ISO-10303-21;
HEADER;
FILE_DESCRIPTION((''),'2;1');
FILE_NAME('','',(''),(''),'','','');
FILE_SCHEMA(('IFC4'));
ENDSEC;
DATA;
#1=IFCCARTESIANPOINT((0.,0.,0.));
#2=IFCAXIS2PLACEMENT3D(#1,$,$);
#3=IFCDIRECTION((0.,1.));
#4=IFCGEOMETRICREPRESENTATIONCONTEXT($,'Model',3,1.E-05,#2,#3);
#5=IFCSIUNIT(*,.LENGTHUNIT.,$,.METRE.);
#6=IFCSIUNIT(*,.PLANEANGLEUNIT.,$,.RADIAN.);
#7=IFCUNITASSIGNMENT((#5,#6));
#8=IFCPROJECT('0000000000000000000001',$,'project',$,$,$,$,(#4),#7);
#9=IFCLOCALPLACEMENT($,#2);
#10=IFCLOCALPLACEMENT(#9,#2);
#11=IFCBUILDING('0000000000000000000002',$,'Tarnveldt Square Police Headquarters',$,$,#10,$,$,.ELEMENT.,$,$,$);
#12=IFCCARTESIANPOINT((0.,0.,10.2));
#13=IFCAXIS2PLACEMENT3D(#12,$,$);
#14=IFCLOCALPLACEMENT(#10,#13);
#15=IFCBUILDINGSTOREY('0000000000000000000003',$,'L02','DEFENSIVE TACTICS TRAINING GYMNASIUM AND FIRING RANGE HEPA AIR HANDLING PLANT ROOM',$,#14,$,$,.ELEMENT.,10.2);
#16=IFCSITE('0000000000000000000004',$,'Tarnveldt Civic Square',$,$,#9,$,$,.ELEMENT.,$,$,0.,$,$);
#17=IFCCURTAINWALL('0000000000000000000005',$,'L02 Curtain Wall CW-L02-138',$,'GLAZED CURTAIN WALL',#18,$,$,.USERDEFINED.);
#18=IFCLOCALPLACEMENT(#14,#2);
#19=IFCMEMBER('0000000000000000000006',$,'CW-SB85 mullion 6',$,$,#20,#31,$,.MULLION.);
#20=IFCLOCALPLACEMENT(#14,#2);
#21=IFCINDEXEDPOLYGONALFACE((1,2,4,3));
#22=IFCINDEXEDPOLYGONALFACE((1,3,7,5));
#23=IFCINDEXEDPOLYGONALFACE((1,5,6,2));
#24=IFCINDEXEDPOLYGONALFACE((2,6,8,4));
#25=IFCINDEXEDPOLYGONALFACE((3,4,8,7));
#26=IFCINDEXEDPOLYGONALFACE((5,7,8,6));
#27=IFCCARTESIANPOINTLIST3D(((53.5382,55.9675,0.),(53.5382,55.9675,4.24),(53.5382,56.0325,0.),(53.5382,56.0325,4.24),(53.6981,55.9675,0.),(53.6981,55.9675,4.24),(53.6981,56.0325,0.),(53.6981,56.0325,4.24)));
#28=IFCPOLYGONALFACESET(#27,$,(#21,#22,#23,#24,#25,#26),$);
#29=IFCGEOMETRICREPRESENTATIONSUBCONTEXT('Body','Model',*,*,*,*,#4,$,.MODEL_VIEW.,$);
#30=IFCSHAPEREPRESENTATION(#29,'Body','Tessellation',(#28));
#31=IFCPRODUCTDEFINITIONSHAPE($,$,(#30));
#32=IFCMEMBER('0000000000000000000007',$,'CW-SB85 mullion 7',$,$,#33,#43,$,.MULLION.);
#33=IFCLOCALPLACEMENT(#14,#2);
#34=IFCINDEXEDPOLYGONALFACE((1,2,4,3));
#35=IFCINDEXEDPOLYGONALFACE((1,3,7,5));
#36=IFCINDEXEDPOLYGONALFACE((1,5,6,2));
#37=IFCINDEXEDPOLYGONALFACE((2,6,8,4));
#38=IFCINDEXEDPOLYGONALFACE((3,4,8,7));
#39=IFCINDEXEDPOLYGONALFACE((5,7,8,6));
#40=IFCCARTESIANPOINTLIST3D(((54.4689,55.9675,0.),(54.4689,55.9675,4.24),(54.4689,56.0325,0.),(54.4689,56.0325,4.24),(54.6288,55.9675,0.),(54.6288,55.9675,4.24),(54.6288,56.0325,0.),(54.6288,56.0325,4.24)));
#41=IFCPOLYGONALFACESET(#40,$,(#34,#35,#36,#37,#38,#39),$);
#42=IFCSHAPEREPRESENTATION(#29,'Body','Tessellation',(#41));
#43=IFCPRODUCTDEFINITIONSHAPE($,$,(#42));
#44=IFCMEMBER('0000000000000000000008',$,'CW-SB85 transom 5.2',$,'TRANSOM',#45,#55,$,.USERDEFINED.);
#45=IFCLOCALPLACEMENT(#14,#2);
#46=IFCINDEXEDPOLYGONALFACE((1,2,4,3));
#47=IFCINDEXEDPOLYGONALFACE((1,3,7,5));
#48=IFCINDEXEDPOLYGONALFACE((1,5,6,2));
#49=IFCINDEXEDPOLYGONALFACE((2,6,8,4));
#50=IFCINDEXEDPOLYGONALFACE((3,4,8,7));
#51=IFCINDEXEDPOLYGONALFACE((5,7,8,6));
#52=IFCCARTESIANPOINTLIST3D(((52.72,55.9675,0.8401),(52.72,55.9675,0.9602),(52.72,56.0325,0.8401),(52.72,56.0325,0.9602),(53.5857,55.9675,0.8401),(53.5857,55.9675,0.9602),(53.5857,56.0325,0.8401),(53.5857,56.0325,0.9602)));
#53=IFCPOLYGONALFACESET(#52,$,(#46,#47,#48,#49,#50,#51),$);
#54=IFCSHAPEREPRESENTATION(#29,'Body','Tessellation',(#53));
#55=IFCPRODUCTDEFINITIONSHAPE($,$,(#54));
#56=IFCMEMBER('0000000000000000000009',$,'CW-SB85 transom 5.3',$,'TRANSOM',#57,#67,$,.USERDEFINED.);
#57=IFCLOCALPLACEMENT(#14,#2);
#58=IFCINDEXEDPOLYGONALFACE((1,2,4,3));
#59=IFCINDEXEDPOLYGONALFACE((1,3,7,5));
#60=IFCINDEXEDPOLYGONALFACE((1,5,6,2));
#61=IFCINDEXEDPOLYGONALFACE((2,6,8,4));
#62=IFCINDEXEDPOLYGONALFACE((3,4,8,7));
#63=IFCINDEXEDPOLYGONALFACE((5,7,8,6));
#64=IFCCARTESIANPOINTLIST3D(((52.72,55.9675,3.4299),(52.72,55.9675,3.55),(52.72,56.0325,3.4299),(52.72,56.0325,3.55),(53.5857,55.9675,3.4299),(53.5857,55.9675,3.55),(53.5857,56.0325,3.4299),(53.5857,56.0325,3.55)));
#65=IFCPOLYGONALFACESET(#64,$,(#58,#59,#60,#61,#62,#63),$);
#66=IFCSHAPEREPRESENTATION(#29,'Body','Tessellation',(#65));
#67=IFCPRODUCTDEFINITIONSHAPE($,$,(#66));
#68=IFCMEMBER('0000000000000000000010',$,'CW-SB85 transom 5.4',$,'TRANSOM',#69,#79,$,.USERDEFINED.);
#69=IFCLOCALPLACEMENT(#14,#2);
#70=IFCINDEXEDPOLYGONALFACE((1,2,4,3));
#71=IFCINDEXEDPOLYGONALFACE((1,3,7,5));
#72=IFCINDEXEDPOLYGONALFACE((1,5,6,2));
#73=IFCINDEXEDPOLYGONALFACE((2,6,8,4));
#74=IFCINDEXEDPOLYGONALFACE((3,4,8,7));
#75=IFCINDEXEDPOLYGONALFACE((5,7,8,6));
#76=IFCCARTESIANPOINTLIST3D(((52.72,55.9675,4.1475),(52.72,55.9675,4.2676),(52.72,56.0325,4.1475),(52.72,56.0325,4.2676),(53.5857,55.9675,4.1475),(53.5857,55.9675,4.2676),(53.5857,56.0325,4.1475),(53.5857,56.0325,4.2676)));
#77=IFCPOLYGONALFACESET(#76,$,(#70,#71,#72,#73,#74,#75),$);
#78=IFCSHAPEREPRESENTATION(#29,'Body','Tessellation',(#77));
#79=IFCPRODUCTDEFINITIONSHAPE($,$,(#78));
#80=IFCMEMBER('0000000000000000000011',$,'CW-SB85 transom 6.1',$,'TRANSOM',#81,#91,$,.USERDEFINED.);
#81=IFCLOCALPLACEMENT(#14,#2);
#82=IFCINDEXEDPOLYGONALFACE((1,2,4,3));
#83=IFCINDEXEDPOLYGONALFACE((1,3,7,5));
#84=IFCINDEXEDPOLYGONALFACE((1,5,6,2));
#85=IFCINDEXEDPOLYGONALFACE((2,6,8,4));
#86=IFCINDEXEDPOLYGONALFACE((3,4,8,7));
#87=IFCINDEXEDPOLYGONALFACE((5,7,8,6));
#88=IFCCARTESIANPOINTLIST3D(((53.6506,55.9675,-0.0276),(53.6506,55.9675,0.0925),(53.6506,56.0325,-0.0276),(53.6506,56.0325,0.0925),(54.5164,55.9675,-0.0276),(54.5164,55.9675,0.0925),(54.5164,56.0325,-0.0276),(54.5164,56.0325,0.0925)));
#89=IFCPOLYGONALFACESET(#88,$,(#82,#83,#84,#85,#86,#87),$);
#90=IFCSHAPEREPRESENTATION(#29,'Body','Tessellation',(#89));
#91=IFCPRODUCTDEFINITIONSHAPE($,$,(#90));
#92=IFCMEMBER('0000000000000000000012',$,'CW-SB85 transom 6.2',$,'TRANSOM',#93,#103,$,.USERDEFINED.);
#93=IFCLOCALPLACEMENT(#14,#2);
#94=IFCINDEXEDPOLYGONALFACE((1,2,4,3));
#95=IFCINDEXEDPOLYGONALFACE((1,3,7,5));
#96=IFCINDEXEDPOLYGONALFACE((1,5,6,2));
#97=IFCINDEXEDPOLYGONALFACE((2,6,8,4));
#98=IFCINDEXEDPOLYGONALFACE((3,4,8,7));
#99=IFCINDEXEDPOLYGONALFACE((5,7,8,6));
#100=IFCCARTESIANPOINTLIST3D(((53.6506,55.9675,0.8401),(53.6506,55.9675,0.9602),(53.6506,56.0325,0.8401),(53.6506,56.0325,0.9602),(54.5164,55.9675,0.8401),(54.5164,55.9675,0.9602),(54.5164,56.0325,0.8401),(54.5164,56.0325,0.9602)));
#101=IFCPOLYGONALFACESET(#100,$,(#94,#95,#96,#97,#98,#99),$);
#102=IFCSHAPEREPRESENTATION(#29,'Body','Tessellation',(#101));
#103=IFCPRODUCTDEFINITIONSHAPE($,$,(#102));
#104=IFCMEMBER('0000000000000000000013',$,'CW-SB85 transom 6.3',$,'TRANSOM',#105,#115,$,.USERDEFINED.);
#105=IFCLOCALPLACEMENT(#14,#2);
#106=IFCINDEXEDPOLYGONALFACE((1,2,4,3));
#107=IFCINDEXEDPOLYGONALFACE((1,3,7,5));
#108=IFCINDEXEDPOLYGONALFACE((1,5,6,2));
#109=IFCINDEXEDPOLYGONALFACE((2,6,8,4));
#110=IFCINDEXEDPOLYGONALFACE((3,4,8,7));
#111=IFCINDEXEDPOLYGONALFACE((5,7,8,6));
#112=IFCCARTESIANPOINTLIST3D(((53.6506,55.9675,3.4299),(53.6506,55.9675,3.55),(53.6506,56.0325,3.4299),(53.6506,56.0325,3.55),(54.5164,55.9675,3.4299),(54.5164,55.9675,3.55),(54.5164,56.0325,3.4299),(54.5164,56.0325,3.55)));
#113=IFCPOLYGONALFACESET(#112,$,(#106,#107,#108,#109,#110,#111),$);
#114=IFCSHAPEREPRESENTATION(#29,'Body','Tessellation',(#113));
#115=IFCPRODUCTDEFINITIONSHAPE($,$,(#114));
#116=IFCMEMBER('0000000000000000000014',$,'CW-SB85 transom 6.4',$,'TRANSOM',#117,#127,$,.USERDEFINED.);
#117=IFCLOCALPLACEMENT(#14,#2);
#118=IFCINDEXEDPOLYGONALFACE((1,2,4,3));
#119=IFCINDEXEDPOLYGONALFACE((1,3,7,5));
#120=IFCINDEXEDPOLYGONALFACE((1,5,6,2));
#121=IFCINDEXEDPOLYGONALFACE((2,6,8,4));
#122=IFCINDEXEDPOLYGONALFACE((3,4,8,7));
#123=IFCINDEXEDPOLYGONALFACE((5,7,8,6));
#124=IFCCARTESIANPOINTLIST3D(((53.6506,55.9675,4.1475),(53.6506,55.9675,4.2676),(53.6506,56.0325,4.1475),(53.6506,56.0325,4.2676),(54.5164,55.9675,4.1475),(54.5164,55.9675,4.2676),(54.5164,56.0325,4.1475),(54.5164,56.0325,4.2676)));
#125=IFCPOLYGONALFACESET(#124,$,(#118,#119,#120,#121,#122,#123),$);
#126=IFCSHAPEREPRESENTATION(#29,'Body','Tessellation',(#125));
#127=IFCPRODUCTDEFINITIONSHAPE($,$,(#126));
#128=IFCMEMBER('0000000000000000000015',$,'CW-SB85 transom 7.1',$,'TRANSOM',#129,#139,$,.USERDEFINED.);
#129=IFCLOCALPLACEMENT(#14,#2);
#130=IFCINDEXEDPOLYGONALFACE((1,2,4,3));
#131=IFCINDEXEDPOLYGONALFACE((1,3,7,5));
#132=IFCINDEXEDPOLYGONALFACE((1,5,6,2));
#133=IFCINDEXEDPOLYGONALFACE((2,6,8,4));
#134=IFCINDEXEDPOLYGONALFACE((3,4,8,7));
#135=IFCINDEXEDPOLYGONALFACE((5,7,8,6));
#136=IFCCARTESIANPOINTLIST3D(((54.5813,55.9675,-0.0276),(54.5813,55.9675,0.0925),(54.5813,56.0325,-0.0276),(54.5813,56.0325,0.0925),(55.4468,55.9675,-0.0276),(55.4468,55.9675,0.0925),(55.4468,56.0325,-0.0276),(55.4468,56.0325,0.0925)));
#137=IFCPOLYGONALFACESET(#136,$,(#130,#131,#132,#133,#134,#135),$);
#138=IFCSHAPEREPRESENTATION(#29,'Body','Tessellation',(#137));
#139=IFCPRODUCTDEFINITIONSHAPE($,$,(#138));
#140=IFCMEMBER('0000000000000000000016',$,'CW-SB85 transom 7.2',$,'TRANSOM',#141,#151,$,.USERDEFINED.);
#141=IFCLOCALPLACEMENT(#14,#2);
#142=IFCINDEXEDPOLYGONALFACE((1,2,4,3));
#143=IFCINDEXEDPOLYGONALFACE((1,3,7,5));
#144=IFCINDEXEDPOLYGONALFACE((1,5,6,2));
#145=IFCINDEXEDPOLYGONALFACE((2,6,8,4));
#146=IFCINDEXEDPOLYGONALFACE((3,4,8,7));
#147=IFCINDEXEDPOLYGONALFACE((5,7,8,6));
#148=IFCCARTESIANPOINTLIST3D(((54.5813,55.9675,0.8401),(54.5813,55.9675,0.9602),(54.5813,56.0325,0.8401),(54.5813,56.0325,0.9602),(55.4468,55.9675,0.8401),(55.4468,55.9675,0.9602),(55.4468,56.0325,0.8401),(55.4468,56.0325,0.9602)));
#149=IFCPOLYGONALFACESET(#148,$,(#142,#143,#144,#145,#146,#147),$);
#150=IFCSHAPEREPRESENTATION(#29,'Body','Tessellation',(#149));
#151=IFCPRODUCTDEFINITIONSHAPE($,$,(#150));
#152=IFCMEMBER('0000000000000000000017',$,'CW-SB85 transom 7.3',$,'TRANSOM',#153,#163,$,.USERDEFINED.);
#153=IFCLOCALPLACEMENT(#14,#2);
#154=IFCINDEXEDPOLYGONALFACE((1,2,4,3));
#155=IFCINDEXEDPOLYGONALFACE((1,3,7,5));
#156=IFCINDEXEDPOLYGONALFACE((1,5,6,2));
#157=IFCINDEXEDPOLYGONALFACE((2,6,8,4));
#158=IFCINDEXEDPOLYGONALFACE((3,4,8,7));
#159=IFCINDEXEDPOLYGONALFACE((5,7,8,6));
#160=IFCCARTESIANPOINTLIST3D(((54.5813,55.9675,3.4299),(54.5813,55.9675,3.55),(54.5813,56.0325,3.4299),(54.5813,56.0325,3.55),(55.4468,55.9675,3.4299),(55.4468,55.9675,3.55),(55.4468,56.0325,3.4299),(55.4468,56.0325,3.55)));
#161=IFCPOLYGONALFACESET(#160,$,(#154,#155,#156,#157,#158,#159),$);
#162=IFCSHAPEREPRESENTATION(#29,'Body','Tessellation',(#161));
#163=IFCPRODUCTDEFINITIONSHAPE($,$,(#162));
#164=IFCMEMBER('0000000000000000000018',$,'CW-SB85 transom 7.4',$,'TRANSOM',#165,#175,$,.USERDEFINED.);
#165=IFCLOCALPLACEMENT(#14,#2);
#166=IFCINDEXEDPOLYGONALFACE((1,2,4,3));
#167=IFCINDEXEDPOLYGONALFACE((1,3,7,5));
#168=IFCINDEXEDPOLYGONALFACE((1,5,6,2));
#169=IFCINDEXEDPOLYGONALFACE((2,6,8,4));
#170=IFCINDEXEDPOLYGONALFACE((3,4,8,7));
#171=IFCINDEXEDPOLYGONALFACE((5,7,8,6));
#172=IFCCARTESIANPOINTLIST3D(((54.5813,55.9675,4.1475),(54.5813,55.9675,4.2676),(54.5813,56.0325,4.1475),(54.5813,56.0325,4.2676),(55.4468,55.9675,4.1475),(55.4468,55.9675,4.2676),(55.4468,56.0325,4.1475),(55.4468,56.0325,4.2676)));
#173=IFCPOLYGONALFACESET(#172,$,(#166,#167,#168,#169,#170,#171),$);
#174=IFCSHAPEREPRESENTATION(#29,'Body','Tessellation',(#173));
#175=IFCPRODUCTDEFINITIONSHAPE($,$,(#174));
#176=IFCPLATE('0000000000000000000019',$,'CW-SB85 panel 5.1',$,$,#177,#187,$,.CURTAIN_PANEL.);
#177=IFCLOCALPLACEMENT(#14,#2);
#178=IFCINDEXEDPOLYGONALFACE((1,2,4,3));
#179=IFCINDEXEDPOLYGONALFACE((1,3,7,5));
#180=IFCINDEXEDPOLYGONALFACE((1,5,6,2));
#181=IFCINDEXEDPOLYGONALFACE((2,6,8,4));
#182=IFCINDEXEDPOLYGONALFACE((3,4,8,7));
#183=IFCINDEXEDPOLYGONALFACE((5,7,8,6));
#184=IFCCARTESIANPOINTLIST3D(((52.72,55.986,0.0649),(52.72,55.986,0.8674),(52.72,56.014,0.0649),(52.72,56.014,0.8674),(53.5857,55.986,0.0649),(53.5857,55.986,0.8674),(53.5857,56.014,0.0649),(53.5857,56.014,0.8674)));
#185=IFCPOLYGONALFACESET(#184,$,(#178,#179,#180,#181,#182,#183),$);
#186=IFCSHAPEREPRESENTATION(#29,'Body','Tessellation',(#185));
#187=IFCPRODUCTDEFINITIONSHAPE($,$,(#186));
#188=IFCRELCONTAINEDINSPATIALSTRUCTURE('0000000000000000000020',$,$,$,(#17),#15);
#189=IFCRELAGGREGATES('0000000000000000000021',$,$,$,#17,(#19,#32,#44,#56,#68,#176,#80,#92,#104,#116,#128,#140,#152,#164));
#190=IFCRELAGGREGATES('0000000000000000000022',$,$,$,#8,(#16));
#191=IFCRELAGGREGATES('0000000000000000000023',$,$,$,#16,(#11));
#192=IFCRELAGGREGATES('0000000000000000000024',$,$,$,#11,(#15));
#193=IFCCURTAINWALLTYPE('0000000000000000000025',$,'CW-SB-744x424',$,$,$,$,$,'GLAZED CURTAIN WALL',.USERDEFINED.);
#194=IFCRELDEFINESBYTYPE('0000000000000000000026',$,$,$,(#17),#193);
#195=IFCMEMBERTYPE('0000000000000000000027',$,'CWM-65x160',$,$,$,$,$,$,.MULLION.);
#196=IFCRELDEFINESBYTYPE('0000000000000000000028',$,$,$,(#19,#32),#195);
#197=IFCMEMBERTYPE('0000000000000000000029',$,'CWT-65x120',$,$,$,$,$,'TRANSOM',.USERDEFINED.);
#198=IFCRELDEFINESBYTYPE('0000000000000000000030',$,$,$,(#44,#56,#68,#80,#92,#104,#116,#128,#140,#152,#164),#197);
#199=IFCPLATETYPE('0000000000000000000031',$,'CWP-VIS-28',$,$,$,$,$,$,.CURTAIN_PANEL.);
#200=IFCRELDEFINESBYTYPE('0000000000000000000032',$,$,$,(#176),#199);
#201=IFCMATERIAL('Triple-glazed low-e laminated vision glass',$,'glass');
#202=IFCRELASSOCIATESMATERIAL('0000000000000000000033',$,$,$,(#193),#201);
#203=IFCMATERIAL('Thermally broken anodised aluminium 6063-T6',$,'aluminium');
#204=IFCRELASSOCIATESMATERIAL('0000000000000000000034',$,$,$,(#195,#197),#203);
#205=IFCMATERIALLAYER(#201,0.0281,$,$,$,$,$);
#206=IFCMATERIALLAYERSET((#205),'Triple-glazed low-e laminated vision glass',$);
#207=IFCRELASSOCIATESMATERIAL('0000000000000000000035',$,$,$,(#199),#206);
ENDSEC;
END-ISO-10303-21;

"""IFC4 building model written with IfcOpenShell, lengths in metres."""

from ifc_helpers import new_model, si_unit, direction, frame, origin, origin_2d, place, context, subcontext, project, spatial, rectangle, extrude, material, layer, layer_set, material_profile, profile_set, type_object, element, aggregate, save


model = new_model("IFC4")

# Units and contexts
model_context = context("Model", 3, precision=1e-05, world=origin(), true_north=direction((0.0, 1.0)))
body_context = subcontext(model_context, "Body", "Model", "MODEL_VIEW")
ifc_project = project(units=[si_unit("LENGTHUNIT", "METRE"), si_unit("PLANEANGLEUNIT", "RADIAN")], contexts=[model_context])

# Site, building, storey
site_placement = place(None, origin())
site = spatial("IfcSite", under=ifc_project, at=site_placement, Name="Tarnveldt Civic Square", CompositionType="ELEMENT", RefElevation=0.0)
building_placement = place(site_placement, origin())
building = spatial("IfcBuilding", under=site, at=building_placement, Name="Tarnveldt Square Police Headquarters", CompositionType="ELEMENT")
storey_placement = place(building_placement, frame((0.0, 0.0, 10.2)))
storey = spatial("IfcBuildingStorey", under=building, at=storey_placement, Name="L02", Description="DEFENSIVE TACTICS TRAINING GYMNASIUM AND FIRING RANGE HEPA AIR HANDLING PLANT ROOM", CompositionType="ELEMENT", Elevation=10.2)

# Curtain wall, members, plate
ifc_material_1 = material(Name="Triple-glazed low-e laminated vision glass", Category="glass")
curtain_wall_type = type_object("IfcCurtainWallType", Name="CW-SB-744x424", ElementType="GLAZED CURTAIN WALL", PredefinedType="USERDEFINED", material=ifc_material_1)
curtain_wall_placement = place(storey_placement, origin())
curtain_wall = element("IfcCurtainWall", 1, at=curtain_wall_placement, inside=storey, type_object=curtain_wall_type, Name="L02 Curtain Wall CW-L02-138", ObjectType="GLAZED CURTAIN WALL", PredefinedType="USERDEFINED")
ifc_material_2 = material(Name="Thermally broken anodised aluminium 6063-T6", Category="aluminium")
ifc_material_profile_1 = material_profile(ifc_material_2, rectangle(XDim=0.0649, YDim=0.1599, at=origin_2d()), Name="CW-M65x160")
ifc_profile_set_1 = profile_set([ifc_material_profile_1], Name="Thermally broken anodised aluminium 6063-T6")
member_type_1 = type_object("IfcMemberType", Name="CWM-65x160", PredefinedType="MULLION", material=ifc_profile_set_1)
member_1_placement = place(storey_placement, frame((53.6182, 56.0, 0.0), z_axis=(0.0, 0.0, 1.0), x_axis=(0.0, 1.0, 0.0)))
member_1 = element("IfcMember", 2, at=member_1_placement, type_object=member_type_1, Name="CW-SB85 mullion 6", PredefinedType="MULLION", context=body_context, shape_type="SweptSolid", body=[
    extrude(rectangle(XDim=0.0649, YDim=0.1599, at=origin_2d()), origin(), (0.0, 0.0, 1.0), 4.24),
])
member_2_placement = place(storey_placement, frame((54.5488, 56.0, 0.0), z_axis=(0.0, 0.0, 1.0), x_axis=(0.0, 1.0, 0.0)))
member_2 = element("IfcMember", 3, at=member_2_placement, type_object=member_type_1, Name="CW-SB85 mullion 7", PredefinedType="MULLION", context=body_context, shape_type="SweptSolid", body=[
    extrude(rectangle(XDim=0.0649, YDim=0.1599, at=origin_2d()), origin(), (0.0, 0.0, 1.0), 4.24),
])
ifc_material_profile_2 = material_profile(ifc_material_2, rectangle(XDim=0.0649, YDim=0.1201, at=origin_2d()), Name="CW-T65x120")
ifc_profile_set_2 = profile_set([ifc_material_profile_2], Name="Thermally broken anodised aluminium 6063-T6")
member_type_2 = type_object("IfcMemberType", Name="CWT-65x120", ElementType="TRANSOM", PredefinedType="USERDEFINED", material=ifc_profile_set_2)
member_3_placement = place(storey_placement, frame((52.72, 56.0, 0.9001), z_axis=(1.0, 0.0, 0.0), x_axis=(0.0, 1.0, 0.0)))
member_3 = element("IfcMember", 4, at=member_3_placement, type_object=member_type_2, Name="CW-SB85 transom 5.2", ObjectType="TRANSOM", PredefinedType="USERDEFINED", context=body_context, shape_type="SweptSolid", body=[
    extrude(rectangle(XDim=0.0649, YDim=0.1201, at=origin_2d()), origin(), (0.0, 0.0, 1.0), 0.8657),
])
member_4_placement = place(storey_placement, frame((52.72, 56.0, 3.49), z_axis=(1.0, 0.0, 0.0), x_axis=(0.0, 1.0, 0.0)))
member_4 = element("IfcMember", 5, at=member_4_placement, type_object=member_type_2, Name="CW-SB85 transom 5.3", ObjectType="TRANSOM", PredefinedType="USERDEFINED", context=body_context, shape_type="SweptSolid", body=[
    extrude(rectangle(XDim=0.0649, YDim=0.1201, at=origin_2d()), origin(), (0.0, 0.0, 1.0), 0.8657),
])
member_5_placement = place(storey_placement, frame((52.72, 56.0, 4.2075), z_axis=(1.0, 0.0, 0.0), x_axis=(0.0, 1.0, 0.0)))
member_5 = element("IfcMember", 6, at=member_5_placement, type_object=member_type_2, Name="CW-SB85 transom 5.4", ObjectType="TRANSOM", PredefinedType="USERDEFINED", context=body_context, shape_type="SweptSolid", body=[
    extrude(rectangle(XDim=0.0649, YDim=0.1201, at=origin_2d()), origin(), (0.0, 0.0, 1.0), 0.8657),
])
member_6_placement = place(storey_placement, frame((53.6506, 56.0, 0.0325), z_axis=(1.0, 0.0, 0.0), x_axis=(0.0, 1.0, 0.0)))
member_6 = element("IfcMember", 7, at=member_6_placement, type_object=member_type_2, Name="CW-SB85 transom 6.1", ObjectType="TRANSOM", PredefinedType="USERDEFINED", context=body_context, shape_type="SweptSolid", body=[
    extrude(rectangle(XDim=0.0649, YDim=0.1201, at=origin_2d()), origin(), (0.0, 0.0, 1.0), 0.8657),
])
member_7_placement = place(storey_placement, frame((53.6506, 56.0, 0.9001), z_axis=(1.0, 0.0, 0.0), x_axis=(0.0, 1.0, 0.0)))
member_7 = element("IfcMember", 8, at=member_7_placement, type_object=member_type_2, Name="CW-SB85 transom 6.2", ObjectType="TRANSOM", PredefinedType="USERDEFINED", context=body_context, shape_type="SweptSolid", body=[
    extrude(rectangle(XDim=0.0649, YDim=0.1201, at=origin_2d()), origin(), (0.0, 0.0, 1.0), 0.8657),
])
member_8_placement = place(storey_placement, frame((53.6506, 56.0, 3.49), z_axis=(1.0, 0.0, 0.0), x_axis=(0.0, 1.0, 0.0)))
member_8 = element("IfcMember", 9, at=member_8_placement, type_object=member_type_2, Name="CW-SB85 transom 6.3", ObjectType="TRANSOM", PredefinedType="USERDEFINED", context=body_context, shape_type="SweptSolid", body=[
    extrude(rectangle(XDim=0.0649, YDim=0.1201, at=origin_2d()), origin(), (0.0, 0.0, 1.0), 0.8657),
])
member_9_placement = place(storey_placement, frame((53.6506, 56.0, 4.2075), z_axis=(1.0, 0.0, 0.0), x_axis=(0.0, 1.0, 0.0)))
member_9 = element("IfcMember", 10, at=member_9_placement, type_object=member_type_2, Name="CW-SB85 transom 6.4", ObjectType="TRANSOM", PredefinedType="USERDEFINED", context=body_context, shape_type="SweptSolid", body=[
    extrude(rectangle(XDim=0.0649, YDim=0.1201, at=origin_2d()), origin(), (0.0, 0.0, 1.0), 0.8657),
])
member_10_placement = place(storey_placement, frame((54.5813, 56.0, 0.0325), z_axis=(1.0, 0.0, 0.0), x_axis=(0.0, 1.0, 0.0)))
member_10 = element("IfcMember", 11, at=member_10_placement, type_object=member_type_2, Name="CW-SB85 transom 7.1", ObjectType="TRANSOM", PredefinedType="USERDEFINED", context=body_context, shape_type="SweptSolid", body=[
    extrude(rectangle(XDim=0.0649, YDim=0.1201, at=origin_2d()), origin(), (0.0, 0.0, 1.0), 0.8655),
])
member_11_placement = place(storey_placement, frame((54.5813, 56.0, 0.9001), z_axis=(1.0, 0.0, 0.0), x_axis=(0.0, 1.0, 0.0)))
member_11 = element("IfcMember", 12, at=member_11_placement, type_object=member_type_2, Name="CW-SB85 transom 7.2", ObjectType="TRANSOM", PredefinedType="USERDEFINED", context=body_context, shape_type="SweptSolid", body=[
    extrude(rectangle(XDim=0.0649, YDim=0.1201, at=origin_2d()), origin(), (0.0, 0.0, 1.0), 0.8655),
])
member_12_placement = place(storey_placement, frame((54.5813, 56.0, 3.49), z_axis=(1.0, 0.0, 0.0), x_axis=(0.0, 1.0, 0.0)))
member_12 = element("IfcMember", 13, at=member_12_placement, type_object=member_type_2, Name="CW-SB85 transom 7.3", ObjectType="TRANSOM", PredefinedType="USERDEFINED", context=body_context, shape_type="SweptSolid", body=[
    extrude(rectangle(XDim=0.0649, YDim=0.1201, at=origin_2d()), origin(), (0.0, 0.0, 1.0), 0.8655),
])
member_13_placement = place(storey_placement, frame((54.5813, 56.0, 4.2075), z_axis=(1.0, 0.0, 0.0), x_axis=(0.0, 1.0, 0.0)))
member_13 = element("IfcMember", 14, at=member_13_placement, type_object=member_type_2, Name="CW-SB85 transom 7.4", ObjectType="TRANSOM", PredefinedType="USERDEFINED", context=body_context, shape_type="SweptSolid", body=[
    extrude(rectangle(XDim=0.0649, YDim=0.1201, at=origin_2d()), origin(), (0.0, 0.0, 1.0), 0.8655),
])
ifc_layer = layer(ifc_material_1, 0.0281)
ifc_layer_set = layer_set([ifc_layer], Name="Triple-glazed low-e laminated vision glass")
plate_type = type_object("IfcPlateType", Name="CWP-VIS-28", PredefinedType="CURTAIN_PANEL", material=ifc_layer_set)
plate_1_placement = place(storey_placement, frame((53.1528, 56.0, 0.0649), z_axis=(0.0, 0.0, 1.0), x_axis=(1.0, 0.0, 0.0)))
plate_1 = element("IfcPlate", 15, at=plate_1_placement, type_object=plate_type, Name="CW-SB85 panel 5.1", PredefinedType="CURTAIN_PANEL", context=body_context, shape_type="SweptSolid", body=[
    extrude(rectangle(XDim=0.8657, YDim=0.0281, at=origin_2d()), origin(), (0.0, 0.0, 1.0), 0.8025),
])
aggregate(curtain_wall, [member_1, member_2, member_3, member_4, member_5, plate_1, member_6, member_7, member_8, member_9, member_10, member_11, member_12, member_13])

save(model, "model.ifc")
